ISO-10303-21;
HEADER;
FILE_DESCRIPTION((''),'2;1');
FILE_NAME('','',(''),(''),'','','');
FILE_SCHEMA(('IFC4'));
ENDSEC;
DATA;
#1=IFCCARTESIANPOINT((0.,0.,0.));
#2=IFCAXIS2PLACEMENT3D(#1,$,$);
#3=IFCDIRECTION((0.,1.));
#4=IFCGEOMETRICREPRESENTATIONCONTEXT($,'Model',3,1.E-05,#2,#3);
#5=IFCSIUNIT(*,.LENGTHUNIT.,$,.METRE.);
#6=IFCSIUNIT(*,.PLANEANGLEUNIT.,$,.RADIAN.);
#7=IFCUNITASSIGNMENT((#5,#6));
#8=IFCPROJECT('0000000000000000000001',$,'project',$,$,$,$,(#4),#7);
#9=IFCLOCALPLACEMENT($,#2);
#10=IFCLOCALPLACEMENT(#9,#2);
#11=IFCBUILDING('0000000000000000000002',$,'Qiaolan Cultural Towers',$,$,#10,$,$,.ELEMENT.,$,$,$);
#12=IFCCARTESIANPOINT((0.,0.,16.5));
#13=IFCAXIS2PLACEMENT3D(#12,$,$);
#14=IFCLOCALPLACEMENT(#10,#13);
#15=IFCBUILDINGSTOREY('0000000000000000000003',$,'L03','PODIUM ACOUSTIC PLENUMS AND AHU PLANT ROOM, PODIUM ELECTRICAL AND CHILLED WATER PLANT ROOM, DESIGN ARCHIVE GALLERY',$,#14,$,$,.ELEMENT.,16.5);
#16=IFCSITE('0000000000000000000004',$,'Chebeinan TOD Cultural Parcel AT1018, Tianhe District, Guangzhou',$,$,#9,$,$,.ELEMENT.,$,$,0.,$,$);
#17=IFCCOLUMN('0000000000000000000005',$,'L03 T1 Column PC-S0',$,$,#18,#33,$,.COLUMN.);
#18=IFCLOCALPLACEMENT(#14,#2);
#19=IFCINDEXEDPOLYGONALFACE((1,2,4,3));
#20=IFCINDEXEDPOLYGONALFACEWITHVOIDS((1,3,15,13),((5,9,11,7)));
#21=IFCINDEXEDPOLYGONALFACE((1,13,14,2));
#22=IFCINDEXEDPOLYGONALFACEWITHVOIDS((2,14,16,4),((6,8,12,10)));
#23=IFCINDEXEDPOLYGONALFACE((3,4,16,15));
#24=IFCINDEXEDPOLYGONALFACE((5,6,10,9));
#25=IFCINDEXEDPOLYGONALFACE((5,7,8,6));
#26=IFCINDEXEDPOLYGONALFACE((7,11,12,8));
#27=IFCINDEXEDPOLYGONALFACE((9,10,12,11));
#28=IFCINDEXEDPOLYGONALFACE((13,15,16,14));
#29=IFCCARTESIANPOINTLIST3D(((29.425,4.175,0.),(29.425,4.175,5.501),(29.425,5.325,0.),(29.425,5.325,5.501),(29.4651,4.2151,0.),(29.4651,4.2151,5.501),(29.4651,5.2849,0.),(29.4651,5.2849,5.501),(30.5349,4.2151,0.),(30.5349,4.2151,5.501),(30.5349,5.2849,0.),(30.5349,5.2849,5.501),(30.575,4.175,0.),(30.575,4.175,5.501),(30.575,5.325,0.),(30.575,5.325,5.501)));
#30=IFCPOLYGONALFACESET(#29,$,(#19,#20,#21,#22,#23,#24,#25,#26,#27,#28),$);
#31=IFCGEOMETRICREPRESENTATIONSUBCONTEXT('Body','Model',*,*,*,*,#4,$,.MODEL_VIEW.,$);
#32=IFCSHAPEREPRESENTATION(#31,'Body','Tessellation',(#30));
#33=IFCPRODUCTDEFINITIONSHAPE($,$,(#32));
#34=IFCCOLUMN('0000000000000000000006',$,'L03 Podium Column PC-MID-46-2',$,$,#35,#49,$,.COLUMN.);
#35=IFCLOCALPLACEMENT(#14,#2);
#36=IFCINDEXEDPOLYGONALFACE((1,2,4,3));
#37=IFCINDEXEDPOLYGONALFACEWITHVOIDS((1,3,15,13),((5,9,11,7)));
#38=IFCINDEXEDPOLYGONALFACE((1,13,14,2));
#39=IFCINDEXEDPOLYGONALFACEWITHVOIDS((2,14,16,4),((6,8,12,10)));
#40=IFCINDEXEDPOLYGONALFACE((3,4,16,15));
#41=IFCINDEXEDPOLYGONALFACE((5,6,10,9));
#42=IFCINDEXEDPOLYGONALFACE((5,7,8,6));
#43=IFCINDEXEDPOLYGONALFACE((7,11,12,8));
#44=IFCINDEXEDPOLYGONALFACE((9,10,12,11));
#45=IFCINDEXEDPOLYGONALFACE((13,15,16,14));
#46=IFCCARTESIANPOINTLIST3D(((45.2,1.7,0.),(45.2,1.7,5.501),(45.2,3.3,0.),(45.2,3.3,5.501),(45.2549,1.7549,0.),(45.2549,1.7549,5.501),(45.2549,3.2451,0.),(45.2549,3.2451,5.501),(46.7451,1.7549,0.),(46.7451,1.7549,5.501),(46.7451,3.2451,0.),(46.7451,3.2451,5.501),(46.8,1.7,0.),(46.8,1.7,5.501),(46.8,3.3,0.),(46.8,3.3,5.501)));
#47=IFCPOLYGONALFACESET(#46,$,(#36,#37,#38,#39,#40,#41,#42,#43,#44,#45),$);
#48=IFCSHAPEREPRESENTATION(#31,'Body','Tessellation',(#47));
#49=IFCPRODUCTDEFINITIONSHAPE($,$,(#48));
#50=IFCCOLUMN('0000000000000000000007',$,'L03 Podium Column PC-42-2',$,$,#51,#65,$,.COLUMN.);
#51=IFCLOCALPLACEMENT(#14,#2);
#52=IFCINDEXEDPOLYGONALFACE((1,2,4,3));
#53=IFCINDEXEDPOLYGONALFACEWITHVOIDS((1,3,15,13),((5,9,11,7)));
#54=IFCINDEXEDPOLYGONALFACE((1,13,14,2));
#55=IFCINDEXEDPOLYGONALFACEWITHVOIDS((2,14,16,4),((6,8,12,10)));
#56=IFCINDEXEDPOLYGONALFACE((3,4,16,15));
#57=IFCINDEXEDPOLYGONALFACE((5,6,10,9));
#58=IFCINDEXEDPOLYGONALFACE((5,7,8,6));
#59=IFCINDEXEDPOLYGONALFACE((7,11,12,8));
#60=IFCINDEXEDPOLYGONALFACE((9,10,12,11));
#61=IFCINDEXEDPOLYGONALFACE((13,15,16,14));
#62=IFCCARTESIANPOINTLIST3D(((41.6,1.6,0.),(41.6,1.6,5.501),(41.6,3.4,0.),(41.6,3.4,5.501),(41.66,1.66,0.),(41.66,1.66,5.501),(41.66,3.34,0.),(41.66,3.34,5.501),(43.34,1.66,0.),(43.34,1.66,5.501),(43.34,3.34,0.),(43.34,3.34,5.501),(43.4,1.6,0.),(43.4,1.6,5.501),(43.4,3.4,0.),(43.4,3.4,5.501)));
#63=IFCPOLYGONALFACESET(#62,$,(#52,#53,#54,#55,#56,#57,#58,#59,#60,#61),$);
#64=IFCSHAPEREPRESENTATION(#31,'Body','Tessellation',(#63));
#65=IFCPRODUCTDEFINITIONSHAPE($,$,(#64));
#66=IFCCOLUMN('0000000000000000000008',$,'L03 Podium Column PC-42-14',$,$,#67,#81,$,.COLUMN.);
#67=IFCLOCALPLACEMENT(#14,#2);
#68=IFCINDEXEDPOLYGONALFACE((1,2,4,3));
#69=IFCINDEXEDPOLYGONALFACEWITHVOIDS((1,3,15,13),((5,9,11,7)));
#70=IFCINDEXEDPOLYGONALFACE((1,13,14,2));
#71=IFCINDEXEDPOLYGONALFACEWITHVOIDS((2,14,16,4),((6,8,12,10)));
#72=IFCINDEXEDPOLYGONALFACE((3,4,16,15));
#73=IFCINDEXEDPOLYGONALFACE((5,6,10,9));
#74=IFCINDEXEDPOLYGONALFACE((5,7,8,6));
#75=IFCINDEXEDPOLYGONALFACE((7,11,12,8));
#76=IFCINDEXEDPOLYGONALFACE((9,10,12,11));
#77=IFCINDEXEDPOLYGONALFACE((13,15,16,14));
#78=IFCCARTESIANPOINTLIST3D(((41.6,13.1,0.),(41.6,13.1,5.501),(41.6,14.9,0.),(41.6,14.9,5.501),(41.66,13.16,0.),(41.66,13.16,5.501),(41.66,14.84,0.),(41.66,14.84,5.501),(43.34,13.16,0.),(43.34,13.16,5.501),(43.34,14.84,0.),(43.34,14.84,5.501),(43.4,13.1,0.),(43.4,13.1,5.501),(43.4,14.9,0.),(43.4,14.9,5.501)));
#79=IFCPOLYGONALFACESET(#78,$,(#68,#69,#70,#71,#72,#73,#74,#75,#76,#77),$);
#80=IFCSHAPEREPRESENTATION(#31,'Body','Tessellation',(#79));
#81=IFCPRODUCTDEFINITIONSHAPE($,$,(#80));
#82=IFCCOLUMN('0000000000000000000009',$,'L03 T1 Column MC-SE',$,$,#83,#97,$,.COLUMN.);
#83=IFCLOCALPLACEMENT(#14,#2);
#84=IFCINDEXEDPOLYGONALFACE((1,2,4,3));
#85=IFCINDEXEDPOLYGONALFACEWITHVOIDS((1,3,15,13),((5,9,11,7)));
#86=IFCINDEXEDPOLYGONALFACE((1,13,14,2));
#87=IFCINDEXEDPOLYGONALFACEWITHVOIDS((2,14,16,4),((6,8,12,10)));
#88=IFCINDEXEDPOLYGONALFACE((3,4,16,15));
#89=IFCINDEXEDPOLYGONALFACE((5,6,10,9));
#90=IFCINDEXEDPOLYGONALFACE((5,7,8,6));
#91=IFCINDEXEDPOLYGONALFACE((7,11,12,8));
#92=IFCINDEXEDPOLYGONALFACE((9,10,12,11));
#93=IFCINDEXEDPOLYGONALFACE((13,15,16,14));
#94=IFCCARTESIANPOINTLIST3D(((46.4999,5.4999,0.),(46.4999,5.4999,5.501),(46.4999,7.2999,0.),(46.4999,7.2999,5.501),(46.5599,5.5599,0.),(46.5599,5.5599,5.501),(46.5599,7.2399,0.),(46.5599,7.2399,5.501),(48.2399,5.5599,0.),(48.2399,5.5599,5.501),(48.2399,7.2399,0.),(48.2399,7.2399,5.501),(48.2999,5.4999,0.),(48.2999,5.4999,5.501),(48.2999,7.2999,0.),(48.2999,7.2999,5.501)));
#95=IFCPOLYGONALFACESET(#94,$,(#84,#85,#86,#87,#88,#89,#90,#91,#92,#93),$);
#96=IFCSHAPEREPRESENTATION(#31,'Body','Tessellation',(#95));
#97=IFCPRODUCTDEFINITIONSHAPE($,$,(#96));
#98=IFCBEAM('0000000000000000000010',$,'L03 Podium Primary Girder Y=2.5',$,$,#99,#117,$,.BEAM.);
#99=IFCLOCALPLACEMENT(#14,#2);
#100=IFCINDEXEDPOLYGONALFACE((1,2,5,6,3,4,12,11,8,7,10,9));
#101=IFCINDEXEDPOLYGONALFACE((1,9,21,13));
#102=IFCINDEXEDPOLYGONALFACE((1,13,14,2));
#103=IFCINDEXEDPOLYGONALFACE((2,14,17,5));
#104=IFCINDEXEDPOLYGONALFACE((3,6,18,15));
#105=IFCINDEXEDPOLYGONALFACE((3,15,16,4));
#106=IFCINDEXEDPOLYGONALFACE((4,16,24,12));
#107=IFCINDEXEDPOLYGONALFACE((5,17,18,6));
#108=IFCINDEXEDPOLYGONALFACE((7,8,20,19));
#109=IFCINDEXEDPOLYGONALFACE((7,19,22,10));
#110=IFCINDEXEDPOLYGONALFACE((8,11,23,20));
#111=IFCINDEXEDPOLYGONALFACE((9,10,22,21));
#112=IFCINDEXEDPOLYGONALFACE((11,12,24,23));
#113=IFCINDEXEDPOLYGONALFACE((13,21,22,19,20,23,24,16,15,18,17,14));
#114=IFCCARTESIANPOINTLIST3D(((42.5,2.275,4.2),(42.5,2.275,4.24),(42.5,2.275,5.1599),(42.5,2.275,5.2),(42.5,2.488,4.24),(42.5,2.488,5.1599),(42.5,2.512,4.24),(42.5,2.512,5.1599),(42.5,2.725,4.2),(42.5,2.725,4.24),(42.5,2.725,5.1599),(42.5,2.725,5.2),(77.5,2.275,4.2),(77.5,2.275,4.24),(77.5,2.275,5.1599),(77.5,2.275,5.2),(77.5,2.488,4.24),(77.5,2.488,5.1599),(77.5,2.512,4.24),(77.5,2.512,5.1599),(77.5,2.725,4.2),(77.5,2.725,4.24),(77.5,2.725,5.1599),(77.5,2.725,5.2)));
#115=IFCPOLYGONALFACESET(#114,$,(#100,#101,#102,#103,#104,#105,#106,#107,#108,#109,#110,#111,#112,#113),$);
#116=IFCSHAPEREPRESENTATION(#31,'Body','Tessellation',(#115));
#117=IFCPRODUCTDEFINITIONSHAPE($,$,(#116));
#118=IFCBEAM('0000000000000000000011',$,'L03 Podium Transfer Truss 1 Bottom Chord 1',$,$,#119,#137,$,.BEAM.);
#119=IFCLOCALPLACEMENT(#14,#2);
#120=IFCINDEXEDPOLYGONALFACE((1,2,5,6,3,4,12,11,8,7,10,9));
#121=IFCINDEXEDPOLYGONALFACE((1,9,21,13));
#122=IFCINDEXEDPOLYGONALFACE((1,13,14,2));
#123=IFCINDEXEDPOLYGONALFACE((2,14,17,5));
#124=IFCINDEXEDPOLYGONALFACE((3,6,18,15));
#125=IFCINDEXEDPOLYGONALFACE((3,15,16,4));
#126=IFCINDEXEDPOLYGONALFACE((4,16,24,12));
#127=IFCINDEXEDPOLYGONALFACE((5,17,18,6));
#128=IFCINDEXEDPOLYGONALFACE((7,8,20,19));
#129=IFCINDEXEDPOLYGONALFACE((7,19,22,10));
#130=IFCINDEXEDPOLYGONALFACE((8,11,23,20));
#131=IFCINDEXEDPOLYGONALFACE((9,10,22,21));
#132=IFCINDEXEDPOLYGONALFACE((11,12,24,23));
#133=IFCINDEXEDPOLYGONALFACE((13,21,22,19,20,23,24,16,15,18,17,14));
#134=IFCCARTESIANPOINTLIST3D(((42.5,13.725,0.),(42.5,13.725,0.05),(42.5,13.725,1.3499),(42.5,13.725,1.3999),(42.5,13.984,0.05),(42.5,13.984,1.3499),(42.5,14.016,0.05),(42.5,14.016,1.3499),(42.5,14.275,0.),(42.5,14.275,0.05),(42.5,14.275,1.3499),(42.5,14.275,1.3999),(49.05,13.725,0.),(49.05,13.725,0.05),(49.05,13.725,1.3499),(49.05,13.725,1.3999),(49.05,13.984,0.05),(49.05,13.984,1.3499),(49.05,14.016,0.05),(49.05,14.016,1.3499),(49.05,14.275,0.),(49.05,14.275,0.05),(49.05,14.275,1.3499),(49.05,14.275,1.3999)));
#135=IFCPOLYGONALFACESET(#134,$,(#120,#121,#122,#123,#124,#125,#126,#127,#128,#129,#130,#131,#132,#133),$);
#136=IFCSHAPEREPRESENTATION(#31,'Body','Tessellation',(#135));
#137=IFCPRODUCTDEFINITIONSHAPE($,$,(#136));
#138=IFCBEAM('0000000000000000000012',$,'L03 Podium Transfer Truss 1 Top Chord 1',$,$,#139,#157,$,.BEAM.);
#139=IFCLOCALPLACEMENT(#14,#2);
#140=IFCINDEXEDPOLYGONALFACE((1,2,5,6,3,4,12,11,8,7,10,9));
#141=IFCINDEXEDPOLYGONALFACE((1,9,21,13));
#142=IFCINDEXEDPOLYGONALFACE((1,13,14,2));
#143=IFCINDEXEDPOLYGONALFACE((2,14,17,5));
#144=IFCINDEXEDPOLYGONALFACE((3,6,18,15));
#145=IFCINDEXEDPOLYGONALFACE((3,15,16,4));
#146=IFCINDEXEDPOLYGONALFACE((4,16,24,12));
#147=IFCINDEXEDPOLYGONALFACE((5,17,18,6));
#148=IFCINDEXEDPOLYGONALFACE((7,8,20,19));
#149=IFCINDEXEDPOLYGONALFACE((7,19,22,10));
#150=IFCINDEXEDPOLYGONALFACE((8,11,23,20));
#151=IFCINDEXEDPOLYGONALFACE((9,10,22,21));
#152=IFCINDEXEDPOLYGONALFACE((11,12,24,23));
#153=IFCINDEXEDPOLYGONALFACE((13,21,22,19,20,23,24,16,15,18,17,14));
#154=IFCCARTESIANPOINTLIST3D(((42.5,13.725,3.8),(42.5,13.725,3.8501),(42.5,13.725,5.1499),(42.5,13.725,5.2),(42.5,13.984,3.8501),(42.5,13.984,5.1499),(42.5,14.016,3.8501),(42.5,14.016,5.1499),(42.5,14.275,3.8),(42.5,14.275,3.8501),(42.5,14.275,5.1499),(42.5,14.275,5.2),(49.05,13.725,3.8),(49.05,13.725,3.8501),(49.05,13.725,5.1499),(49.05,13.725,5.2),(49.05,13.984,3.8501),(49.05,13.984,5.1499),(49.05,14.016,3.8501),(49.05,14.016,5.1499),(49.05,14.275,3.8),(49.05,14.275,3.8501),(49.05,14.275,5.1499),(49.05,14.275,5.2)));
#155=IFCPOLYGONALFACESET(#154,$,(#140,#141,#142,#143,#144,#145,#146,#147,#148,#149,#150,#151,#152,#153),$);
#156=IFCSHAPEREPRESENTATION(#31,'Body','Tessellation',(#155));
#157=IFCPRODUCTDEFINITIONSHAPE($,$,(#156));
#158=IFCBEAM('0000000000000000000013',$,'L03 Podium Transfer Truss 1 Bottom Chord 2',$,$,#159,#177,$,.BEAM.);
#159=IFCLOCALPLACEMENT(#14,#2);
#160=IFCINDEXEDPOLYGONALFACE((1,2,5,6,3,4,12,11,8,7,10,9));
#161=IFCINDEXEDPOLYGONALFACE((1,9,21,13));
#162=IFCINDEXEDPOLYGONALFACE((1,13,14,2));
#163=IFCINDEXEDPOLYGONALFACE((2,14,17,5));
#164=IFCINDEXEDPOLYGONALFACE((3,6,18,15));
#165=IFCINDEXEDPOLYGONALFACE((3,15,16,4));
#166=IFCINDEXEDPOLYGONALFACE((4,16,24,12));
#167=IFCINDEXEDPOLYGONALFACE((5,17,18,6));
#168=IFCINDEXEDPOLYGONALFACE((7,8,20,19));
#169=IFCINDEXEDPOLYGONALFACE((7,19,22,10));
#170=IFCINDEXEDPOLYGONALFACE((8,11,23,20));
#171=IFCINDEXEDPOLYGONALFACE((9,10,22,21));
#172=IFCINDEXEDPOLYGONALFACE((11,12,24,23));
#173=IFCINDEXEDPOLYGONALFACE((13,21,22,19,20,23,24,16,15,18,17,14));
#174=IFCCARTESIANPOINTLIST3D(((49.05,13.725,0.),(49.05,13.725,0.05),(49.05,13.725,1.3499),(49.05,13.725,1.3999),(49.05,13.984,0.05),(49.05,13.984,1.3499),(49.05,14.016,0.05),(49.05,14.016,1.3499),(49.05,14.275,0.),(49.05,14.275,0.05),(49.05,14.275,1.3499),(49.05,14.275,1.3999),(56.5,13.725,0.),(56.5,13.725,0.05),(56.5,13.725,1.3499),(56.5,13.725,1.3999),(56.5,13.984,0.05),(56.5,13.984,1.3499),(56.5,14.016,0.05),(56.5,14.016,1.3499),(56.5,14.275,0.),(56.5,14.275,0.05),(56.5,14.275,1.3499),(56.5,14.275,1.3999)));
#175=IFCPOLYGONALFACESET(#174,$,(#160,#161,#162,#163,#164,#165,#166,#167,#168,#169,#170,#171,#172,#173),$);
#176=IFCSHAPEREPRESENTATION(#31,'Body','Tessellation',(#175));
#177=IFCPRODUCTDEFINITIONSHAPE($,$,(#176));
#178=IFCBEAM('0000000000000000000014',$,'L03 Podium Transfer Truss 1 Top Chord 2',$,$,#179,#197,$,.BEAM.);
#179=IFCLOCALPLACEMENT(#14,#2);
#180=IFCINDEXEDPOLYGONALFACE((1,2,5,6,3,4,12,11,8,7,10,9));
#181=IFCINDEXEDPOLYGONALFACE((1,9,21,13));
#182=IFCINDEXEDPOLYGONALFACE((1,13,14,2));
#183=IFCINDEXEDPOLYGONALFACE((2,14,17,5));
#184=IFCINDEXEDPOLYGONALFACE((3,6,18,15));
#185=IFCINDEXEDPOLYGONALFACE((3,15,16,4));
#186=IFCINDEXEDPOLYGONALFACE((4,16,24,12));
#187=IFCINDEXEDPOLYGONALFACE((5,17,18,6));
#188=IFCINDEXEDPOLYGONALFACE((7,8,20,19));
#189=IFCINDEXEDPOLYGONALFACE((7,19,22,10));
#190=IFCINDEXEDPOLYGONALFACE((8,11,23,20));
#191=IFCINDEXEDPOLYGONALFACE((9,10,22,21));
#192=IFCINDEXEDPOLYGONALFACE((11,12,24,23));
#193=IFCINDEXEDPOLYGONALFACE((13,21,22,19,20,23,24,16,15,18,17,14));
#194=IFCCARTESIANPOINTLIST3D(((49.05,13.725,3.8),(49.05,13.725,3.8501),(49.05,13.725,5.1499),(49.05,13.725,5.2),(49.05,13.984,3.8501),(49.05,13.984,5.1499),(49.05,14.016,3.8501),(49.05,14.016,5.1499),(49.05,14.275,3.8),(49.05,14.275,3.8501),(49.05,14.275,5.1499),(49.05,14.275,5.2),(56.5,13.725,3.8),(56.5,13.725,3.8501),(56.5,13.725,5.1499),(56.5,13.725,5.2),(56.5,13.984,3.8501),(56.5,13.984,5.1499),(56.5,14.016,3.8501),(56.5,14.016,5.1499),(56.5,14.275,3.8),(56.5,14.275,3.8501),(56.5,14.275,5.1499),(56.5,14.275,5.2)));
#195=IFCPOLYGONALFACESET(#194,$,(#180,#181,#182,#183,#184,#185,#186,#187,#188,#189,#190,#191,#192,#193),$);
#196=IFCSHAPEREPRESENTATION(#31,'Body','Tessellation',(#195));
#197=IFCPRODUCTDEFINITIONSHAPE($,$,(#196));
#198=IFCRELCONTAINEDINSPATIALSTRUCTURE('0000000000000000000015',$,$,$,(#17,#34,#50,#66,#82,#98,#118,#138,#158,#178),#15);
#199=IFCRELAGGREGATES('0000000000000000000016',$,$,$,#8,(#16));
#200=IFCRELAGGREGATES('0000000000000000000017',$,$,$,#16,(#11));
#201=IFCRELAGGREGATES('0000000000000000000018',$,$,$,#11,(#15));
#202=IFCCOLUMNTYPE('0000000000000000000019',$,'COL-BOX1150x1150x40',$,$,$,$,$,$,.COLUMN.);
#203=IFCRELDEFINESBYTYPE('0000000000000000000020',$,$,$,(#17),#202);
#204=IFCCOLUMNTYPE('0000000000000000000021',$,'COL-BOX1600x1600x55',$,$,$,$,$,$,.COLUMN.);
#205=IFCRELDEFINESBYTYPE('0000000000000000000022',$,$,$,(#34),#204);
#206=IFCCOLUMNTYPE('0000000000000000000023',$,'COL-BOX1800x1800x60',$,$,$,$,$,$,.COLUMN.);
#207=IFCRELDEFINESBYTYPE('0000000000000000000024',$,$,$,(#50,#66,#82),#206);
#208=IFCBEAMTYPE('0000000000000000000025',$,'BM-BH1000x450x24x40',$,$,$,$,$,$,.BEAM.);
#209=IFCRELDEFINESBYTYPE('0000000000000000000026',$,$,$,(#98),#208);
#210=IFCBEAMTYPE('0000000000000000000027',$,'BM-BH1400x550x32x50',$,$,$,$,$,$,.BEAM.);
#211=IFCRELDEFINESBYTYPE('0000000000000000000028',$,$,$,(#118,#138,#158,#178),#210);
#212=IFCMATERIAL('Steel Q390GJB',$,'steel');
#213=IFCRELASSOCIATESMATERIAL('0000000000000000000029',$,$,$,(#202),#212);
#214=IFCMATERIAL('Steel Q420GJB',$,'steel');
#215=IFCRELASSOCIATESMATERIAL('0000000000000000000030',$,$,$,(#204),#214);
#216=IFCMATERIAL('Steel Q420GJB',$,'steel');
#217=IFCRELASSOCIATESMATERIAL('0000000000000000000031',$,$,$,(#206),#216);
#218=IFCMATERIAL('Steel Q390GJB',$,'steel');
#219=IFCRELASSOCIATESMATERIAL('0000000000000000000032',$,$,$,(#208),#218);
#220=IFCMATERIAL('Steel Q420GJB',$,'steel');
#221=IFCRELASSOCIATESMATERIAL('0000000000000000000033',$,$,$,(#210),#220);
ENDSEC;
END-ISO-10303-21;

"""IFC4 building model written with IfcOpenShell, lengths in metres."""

from ifc_helpers import new_model, si_unit, direction, frame, origin, origin_2d, place, context, subcontext, project, spatial, hollow_rectangle, i_section, extrude, material, material_profile, profile_set, type_object, element, save


model = new_model("IFC4")

# Units and contexts
model_context = context("Model", 3, precision=1e-05, world=origin(), true_north=direction((0.0, 1.0)))
body_context = subcontext(model_context, "Body", "Model", "MODEL_VIEW")
ifc_project = project(units=[si_unit("LENGTHUNIT", "METRE"), si_unit("PLANEANGLEUNIT", "RADIAN")], contexts=[model_context])

# Site, building, storey
site_placement = place(None, origin())
site = spatial("IfcSite", under=ifc_project, at=site_placement, Name="Chebeinan TOD Cultural Parcel AT1018, Tianhe District, Guangzhou", CompositionType="ELEMENT", RefElevation=0.0)
building_placement = place(site_placement, origin())
building = spatial("IfcBuilding", under=site, at=building_placement, Name="Qiaolan Cultural Towers", CompositionType="ELEMENT")
storey_placement = place(building_placement, frame((0.0, 0.0, 16.5)))
storey = spatial("IfcBuildingStorey", under=building, at=storey_placement, Name="L03", Description="PODIUM ACOUSTIC PLENUMS AND AHU PLANT ROOM, PODIUM ELECTRICAL AND CHILLED WATER PLANT ROOM, DESIGN ARCHIVE GALLERY", CompositionType="ELEMENT", Elevation=16.5)

# Columns
ifc_material_1 = material(Name="Steel Q390GJB", Category="steel")
ifc_material_profile_1 = material_profile(ifc_material_1, hollow_rectangle(XDim=1.1499, YDim=1.1499, WallThickness=0.04, at=origin_2d()), Name="BOX1150x1150x40")
ifc_profile_set_1 = profile_set([ifc_material_profile_1], Name="Steel Q390GJB")
column_type_1 = type_object("IfcColumnType", Name="COL-BOX1150x1150x40", PredefinedType="COLUMN", material=ifc_profile_set_1)
column_1_placement = place(storey_placement, frame((30.0, 4.75, 0.0), z_axis=(0.0, 0.0, 1.0), x_axis=(1.0, 0.0, 0.0)))
element("IfcColumn", 1, at=column_1_placement, inside=storey, type_object=column_type_1, Name="L03 T1 Column PC-S0", PredefinedType="COLUMN", context=body_context, shape_type="SweptSolid", body=[
    extrude(hollow_rectangle(XDim=1.1499, YDim=1.1499, WallThickness=0.04, at=origin_2d()), origin(), (0.0, 0.0, 1.0), 5.501),
])
ifc_material_2 = material(Name="Steel Q420GJB", Category="steel")
ifc_material_profile_2 = material_profile(ifc_material_2, hollow_rectangle(XDim=1.6001, YDim=1.6001, WallThickness=0.0549, at=origin_2d()), Name="BOX1600x1600x55")
ifc_profile_set_2 = profile_set([ifc_material_profile_2], Name="Steel Q420GJB")
column_type_2 = type_object("IfcColumnType", Name="COL-BOX1600x1600x55", PredefinedType="COLUMN", material=ifc_profile_set_2)
column_2_placement = place(storey_placement, frame((46.0, 2.5, 0.0), z_axis=(0.0, 0.0, 1.0), x_axis=(1.0, 0.0, 0.0)))
element("IfcColumn", 2, at=column_2_placement, inside=storey, type_object=column_type_2, Name="L03 Podium Column PC-MID-46-2", PredefinedType="COLUMN", context=body_context, shape_type="SweptSolid", body=[
    extrude(hollow_rectangle(XDim=1.6001, YDim=1.6001, WallThickness=0.0549, at=origin_2d()), origin(), (0.0, 0.0, 1.0), 5.501),
])
ifc_material_3 = material(Name="Steel Q420GJB", Category="steel")
ifc_material_profile_3 = material_profile(ifc_material_3, hollow_rectangle(XDim=1.8, YDim=1.8, WallThickness=0.0601, at=origin_2d()), Name="BOX1800x1800x60")
ifc_profile_set_3 = profile_set([ifc_material_profile_3], Name="Steel Q420GJB")
column_type_3 = type_object("IfcColumnType", Name="COL-BOX1800x1800x60", PredefinedType="COLUMN", material=ifc_profile_set_3)
for number, where, z_axis, x_axis, name in (
    (3, (42.5, 2.5, 0.0), (0.0, 0.0, 1.0), (1.0, 0.0, 0.0), "L03 Podium Column PC-42-2"),
    (4, (42.5, 14.0, 0.0), (0.0, 0.0, 1.0), (1.0, 0.0, 0.0), "L03 Podium Column PC-42-14"),
    (5, (47.3999, 6.3999, 0.0), (0.0, 0.0, 1.0), (1.0, 0.0, 0.0), "L03 T1 Column MC-SE"),
):
    element("IfcColumn", number, at=place(storey_placement, frame(where, z_axis=z_axis, x_axis=x_axis)), inside=storey, type_object=column_type_3, Name=name, PredefinedType="COLUMN", context=body_context, shape_type="SweptSolid", body=[
        extrude(hollow_rectangle(XDim=1.8, YDim=1.8, WallThickness=0.0601, at=origin_2d()), origin(), (0.0, 0.0, 1.0), 5.501),
    ])

# Beams
ifc_material_4 = material(Name="Steel Q390GJB", Category="steel")
ifc_material_profile_4 = material_profile(ifc_material_4, i_section(OverallWidth=0.45, OverallDepth=1.0, WebThickness=0.0239, FlangeThickness=0.04, at=origin_2d()), Name="BH1000x450x24x40")
ifc_profile_set_4 = profile_set([ifc_material_profile_4], Name="Steel Q390GJB")
beam_type_1 = type_object("IfcBeamType", Name="BM-BH1000x450x24x40", PredefinedType="BEAM", material=ifc_profile_set_4)
beam_1_placement = place(storey_placement, frame((42.5, 2.5, 4.7), z_axis=(1.0, 0.0, 0.0), x_axis=(0.0, 1.0, 0.0)))
element("IfcBeam", 6, at=beam_1_placement, inside=storey, type_object=beam_type_1, Name="L03 Podium Primary Girder Y=2.5", PredefinedType="BEAM", context=body_context, shape_type="SweptSolid", body=[
    extrude(i_section(OverallWidth=0.45, OverallDepth=1.0, WebThickness=0.0239, FlangeThickness=0.04, at=origin_2d()), origin(), (0.0, 0.0, 1.0), 35.0),
])
ifc_material_5 = material(Name="Steel Q420GJB", Category="steel")
ifc_material_profile_5 = material_profile(ifc_material_5, i_section(OverallWidth=0.55, OverallDepth=1.3999, WebThickness=0.032, FlangeThickness=0.05, at=origin_2d()), Name="BH1400x550x32x50")
ifc_profile_set_5 = profile_set([ifc_material_profile_5], Name="Steel Q420GJB")
beam_type_2 = type_object("IfcBeamType", Name="BM-BH1400x550x32x50", PredefinedType="BEAM", material=ifc_profile_set_5)
for number, where, z_axis, x_axis, name in (
    (7, (42.5, 14.0, 0.7), (1.0, 0.0, 0.0), (0.0, 1.0, 0.0), "L03 Podium Transfer Truss 1 Bottom Chord 1"),
    (8, (42.5, 14.0, 4.5), (1.0, 0.0, 0.0), (0.0, 1.0, 0.0), "L03 Podium Transfer Truss 1 Top Chord 1"),
):
    element("IfcBeam", number, at=place(storey_placement, frame(where, z_axis=z_axis, x_axis=x_axis)), inside=storey, type_object=beam_type_2, Name=name, PredefinedType="BEAM", context=body_context, shape_type="SweptSolid", body=[
        extrude(i_section(OverallWidth=0.55, OverallDepth=1.3999, WebThickness=0.032, FlangeThickness=0.05, at=origin_2d()), origin(), (0.0, 0.0, 1.0), 6.55),
    ])
for number, where, z_axis, x_axis, name in (
    (9, (49.05, 14.0, 0.7), (1.0, 0.0, 0.0), (0.0, 1.0, 0.0), "L03 Podium Transfer Truss 1 Bottom Chord 2"),
    (10, (49.05, 14.0, 4.5), (1.0, 0.0, 0.0), (0.0, 1.0, 0.0), "L03 Podium Transfer Truss 1 Top Chord 2"),
):
    element("IfcBeam", number, at=place(storey_placement, frame(where, z_axis=z_axis, x_axis=x_axis)), inside=storey, type_object=beam_type_2, Name=name, PredefinedType="BEAM", context=body_context, shape_type="SweptSolid", body=[
        extrude(i_section(OverallWidth=0.55, OverallDepth=1.3999, WebThickness=0.032, FlangeThickness=0.05, at=origin_2d()), origin(), (0.0, 0.0, 1.0), 7.45),
    ])

save(model, "model.ifc")
